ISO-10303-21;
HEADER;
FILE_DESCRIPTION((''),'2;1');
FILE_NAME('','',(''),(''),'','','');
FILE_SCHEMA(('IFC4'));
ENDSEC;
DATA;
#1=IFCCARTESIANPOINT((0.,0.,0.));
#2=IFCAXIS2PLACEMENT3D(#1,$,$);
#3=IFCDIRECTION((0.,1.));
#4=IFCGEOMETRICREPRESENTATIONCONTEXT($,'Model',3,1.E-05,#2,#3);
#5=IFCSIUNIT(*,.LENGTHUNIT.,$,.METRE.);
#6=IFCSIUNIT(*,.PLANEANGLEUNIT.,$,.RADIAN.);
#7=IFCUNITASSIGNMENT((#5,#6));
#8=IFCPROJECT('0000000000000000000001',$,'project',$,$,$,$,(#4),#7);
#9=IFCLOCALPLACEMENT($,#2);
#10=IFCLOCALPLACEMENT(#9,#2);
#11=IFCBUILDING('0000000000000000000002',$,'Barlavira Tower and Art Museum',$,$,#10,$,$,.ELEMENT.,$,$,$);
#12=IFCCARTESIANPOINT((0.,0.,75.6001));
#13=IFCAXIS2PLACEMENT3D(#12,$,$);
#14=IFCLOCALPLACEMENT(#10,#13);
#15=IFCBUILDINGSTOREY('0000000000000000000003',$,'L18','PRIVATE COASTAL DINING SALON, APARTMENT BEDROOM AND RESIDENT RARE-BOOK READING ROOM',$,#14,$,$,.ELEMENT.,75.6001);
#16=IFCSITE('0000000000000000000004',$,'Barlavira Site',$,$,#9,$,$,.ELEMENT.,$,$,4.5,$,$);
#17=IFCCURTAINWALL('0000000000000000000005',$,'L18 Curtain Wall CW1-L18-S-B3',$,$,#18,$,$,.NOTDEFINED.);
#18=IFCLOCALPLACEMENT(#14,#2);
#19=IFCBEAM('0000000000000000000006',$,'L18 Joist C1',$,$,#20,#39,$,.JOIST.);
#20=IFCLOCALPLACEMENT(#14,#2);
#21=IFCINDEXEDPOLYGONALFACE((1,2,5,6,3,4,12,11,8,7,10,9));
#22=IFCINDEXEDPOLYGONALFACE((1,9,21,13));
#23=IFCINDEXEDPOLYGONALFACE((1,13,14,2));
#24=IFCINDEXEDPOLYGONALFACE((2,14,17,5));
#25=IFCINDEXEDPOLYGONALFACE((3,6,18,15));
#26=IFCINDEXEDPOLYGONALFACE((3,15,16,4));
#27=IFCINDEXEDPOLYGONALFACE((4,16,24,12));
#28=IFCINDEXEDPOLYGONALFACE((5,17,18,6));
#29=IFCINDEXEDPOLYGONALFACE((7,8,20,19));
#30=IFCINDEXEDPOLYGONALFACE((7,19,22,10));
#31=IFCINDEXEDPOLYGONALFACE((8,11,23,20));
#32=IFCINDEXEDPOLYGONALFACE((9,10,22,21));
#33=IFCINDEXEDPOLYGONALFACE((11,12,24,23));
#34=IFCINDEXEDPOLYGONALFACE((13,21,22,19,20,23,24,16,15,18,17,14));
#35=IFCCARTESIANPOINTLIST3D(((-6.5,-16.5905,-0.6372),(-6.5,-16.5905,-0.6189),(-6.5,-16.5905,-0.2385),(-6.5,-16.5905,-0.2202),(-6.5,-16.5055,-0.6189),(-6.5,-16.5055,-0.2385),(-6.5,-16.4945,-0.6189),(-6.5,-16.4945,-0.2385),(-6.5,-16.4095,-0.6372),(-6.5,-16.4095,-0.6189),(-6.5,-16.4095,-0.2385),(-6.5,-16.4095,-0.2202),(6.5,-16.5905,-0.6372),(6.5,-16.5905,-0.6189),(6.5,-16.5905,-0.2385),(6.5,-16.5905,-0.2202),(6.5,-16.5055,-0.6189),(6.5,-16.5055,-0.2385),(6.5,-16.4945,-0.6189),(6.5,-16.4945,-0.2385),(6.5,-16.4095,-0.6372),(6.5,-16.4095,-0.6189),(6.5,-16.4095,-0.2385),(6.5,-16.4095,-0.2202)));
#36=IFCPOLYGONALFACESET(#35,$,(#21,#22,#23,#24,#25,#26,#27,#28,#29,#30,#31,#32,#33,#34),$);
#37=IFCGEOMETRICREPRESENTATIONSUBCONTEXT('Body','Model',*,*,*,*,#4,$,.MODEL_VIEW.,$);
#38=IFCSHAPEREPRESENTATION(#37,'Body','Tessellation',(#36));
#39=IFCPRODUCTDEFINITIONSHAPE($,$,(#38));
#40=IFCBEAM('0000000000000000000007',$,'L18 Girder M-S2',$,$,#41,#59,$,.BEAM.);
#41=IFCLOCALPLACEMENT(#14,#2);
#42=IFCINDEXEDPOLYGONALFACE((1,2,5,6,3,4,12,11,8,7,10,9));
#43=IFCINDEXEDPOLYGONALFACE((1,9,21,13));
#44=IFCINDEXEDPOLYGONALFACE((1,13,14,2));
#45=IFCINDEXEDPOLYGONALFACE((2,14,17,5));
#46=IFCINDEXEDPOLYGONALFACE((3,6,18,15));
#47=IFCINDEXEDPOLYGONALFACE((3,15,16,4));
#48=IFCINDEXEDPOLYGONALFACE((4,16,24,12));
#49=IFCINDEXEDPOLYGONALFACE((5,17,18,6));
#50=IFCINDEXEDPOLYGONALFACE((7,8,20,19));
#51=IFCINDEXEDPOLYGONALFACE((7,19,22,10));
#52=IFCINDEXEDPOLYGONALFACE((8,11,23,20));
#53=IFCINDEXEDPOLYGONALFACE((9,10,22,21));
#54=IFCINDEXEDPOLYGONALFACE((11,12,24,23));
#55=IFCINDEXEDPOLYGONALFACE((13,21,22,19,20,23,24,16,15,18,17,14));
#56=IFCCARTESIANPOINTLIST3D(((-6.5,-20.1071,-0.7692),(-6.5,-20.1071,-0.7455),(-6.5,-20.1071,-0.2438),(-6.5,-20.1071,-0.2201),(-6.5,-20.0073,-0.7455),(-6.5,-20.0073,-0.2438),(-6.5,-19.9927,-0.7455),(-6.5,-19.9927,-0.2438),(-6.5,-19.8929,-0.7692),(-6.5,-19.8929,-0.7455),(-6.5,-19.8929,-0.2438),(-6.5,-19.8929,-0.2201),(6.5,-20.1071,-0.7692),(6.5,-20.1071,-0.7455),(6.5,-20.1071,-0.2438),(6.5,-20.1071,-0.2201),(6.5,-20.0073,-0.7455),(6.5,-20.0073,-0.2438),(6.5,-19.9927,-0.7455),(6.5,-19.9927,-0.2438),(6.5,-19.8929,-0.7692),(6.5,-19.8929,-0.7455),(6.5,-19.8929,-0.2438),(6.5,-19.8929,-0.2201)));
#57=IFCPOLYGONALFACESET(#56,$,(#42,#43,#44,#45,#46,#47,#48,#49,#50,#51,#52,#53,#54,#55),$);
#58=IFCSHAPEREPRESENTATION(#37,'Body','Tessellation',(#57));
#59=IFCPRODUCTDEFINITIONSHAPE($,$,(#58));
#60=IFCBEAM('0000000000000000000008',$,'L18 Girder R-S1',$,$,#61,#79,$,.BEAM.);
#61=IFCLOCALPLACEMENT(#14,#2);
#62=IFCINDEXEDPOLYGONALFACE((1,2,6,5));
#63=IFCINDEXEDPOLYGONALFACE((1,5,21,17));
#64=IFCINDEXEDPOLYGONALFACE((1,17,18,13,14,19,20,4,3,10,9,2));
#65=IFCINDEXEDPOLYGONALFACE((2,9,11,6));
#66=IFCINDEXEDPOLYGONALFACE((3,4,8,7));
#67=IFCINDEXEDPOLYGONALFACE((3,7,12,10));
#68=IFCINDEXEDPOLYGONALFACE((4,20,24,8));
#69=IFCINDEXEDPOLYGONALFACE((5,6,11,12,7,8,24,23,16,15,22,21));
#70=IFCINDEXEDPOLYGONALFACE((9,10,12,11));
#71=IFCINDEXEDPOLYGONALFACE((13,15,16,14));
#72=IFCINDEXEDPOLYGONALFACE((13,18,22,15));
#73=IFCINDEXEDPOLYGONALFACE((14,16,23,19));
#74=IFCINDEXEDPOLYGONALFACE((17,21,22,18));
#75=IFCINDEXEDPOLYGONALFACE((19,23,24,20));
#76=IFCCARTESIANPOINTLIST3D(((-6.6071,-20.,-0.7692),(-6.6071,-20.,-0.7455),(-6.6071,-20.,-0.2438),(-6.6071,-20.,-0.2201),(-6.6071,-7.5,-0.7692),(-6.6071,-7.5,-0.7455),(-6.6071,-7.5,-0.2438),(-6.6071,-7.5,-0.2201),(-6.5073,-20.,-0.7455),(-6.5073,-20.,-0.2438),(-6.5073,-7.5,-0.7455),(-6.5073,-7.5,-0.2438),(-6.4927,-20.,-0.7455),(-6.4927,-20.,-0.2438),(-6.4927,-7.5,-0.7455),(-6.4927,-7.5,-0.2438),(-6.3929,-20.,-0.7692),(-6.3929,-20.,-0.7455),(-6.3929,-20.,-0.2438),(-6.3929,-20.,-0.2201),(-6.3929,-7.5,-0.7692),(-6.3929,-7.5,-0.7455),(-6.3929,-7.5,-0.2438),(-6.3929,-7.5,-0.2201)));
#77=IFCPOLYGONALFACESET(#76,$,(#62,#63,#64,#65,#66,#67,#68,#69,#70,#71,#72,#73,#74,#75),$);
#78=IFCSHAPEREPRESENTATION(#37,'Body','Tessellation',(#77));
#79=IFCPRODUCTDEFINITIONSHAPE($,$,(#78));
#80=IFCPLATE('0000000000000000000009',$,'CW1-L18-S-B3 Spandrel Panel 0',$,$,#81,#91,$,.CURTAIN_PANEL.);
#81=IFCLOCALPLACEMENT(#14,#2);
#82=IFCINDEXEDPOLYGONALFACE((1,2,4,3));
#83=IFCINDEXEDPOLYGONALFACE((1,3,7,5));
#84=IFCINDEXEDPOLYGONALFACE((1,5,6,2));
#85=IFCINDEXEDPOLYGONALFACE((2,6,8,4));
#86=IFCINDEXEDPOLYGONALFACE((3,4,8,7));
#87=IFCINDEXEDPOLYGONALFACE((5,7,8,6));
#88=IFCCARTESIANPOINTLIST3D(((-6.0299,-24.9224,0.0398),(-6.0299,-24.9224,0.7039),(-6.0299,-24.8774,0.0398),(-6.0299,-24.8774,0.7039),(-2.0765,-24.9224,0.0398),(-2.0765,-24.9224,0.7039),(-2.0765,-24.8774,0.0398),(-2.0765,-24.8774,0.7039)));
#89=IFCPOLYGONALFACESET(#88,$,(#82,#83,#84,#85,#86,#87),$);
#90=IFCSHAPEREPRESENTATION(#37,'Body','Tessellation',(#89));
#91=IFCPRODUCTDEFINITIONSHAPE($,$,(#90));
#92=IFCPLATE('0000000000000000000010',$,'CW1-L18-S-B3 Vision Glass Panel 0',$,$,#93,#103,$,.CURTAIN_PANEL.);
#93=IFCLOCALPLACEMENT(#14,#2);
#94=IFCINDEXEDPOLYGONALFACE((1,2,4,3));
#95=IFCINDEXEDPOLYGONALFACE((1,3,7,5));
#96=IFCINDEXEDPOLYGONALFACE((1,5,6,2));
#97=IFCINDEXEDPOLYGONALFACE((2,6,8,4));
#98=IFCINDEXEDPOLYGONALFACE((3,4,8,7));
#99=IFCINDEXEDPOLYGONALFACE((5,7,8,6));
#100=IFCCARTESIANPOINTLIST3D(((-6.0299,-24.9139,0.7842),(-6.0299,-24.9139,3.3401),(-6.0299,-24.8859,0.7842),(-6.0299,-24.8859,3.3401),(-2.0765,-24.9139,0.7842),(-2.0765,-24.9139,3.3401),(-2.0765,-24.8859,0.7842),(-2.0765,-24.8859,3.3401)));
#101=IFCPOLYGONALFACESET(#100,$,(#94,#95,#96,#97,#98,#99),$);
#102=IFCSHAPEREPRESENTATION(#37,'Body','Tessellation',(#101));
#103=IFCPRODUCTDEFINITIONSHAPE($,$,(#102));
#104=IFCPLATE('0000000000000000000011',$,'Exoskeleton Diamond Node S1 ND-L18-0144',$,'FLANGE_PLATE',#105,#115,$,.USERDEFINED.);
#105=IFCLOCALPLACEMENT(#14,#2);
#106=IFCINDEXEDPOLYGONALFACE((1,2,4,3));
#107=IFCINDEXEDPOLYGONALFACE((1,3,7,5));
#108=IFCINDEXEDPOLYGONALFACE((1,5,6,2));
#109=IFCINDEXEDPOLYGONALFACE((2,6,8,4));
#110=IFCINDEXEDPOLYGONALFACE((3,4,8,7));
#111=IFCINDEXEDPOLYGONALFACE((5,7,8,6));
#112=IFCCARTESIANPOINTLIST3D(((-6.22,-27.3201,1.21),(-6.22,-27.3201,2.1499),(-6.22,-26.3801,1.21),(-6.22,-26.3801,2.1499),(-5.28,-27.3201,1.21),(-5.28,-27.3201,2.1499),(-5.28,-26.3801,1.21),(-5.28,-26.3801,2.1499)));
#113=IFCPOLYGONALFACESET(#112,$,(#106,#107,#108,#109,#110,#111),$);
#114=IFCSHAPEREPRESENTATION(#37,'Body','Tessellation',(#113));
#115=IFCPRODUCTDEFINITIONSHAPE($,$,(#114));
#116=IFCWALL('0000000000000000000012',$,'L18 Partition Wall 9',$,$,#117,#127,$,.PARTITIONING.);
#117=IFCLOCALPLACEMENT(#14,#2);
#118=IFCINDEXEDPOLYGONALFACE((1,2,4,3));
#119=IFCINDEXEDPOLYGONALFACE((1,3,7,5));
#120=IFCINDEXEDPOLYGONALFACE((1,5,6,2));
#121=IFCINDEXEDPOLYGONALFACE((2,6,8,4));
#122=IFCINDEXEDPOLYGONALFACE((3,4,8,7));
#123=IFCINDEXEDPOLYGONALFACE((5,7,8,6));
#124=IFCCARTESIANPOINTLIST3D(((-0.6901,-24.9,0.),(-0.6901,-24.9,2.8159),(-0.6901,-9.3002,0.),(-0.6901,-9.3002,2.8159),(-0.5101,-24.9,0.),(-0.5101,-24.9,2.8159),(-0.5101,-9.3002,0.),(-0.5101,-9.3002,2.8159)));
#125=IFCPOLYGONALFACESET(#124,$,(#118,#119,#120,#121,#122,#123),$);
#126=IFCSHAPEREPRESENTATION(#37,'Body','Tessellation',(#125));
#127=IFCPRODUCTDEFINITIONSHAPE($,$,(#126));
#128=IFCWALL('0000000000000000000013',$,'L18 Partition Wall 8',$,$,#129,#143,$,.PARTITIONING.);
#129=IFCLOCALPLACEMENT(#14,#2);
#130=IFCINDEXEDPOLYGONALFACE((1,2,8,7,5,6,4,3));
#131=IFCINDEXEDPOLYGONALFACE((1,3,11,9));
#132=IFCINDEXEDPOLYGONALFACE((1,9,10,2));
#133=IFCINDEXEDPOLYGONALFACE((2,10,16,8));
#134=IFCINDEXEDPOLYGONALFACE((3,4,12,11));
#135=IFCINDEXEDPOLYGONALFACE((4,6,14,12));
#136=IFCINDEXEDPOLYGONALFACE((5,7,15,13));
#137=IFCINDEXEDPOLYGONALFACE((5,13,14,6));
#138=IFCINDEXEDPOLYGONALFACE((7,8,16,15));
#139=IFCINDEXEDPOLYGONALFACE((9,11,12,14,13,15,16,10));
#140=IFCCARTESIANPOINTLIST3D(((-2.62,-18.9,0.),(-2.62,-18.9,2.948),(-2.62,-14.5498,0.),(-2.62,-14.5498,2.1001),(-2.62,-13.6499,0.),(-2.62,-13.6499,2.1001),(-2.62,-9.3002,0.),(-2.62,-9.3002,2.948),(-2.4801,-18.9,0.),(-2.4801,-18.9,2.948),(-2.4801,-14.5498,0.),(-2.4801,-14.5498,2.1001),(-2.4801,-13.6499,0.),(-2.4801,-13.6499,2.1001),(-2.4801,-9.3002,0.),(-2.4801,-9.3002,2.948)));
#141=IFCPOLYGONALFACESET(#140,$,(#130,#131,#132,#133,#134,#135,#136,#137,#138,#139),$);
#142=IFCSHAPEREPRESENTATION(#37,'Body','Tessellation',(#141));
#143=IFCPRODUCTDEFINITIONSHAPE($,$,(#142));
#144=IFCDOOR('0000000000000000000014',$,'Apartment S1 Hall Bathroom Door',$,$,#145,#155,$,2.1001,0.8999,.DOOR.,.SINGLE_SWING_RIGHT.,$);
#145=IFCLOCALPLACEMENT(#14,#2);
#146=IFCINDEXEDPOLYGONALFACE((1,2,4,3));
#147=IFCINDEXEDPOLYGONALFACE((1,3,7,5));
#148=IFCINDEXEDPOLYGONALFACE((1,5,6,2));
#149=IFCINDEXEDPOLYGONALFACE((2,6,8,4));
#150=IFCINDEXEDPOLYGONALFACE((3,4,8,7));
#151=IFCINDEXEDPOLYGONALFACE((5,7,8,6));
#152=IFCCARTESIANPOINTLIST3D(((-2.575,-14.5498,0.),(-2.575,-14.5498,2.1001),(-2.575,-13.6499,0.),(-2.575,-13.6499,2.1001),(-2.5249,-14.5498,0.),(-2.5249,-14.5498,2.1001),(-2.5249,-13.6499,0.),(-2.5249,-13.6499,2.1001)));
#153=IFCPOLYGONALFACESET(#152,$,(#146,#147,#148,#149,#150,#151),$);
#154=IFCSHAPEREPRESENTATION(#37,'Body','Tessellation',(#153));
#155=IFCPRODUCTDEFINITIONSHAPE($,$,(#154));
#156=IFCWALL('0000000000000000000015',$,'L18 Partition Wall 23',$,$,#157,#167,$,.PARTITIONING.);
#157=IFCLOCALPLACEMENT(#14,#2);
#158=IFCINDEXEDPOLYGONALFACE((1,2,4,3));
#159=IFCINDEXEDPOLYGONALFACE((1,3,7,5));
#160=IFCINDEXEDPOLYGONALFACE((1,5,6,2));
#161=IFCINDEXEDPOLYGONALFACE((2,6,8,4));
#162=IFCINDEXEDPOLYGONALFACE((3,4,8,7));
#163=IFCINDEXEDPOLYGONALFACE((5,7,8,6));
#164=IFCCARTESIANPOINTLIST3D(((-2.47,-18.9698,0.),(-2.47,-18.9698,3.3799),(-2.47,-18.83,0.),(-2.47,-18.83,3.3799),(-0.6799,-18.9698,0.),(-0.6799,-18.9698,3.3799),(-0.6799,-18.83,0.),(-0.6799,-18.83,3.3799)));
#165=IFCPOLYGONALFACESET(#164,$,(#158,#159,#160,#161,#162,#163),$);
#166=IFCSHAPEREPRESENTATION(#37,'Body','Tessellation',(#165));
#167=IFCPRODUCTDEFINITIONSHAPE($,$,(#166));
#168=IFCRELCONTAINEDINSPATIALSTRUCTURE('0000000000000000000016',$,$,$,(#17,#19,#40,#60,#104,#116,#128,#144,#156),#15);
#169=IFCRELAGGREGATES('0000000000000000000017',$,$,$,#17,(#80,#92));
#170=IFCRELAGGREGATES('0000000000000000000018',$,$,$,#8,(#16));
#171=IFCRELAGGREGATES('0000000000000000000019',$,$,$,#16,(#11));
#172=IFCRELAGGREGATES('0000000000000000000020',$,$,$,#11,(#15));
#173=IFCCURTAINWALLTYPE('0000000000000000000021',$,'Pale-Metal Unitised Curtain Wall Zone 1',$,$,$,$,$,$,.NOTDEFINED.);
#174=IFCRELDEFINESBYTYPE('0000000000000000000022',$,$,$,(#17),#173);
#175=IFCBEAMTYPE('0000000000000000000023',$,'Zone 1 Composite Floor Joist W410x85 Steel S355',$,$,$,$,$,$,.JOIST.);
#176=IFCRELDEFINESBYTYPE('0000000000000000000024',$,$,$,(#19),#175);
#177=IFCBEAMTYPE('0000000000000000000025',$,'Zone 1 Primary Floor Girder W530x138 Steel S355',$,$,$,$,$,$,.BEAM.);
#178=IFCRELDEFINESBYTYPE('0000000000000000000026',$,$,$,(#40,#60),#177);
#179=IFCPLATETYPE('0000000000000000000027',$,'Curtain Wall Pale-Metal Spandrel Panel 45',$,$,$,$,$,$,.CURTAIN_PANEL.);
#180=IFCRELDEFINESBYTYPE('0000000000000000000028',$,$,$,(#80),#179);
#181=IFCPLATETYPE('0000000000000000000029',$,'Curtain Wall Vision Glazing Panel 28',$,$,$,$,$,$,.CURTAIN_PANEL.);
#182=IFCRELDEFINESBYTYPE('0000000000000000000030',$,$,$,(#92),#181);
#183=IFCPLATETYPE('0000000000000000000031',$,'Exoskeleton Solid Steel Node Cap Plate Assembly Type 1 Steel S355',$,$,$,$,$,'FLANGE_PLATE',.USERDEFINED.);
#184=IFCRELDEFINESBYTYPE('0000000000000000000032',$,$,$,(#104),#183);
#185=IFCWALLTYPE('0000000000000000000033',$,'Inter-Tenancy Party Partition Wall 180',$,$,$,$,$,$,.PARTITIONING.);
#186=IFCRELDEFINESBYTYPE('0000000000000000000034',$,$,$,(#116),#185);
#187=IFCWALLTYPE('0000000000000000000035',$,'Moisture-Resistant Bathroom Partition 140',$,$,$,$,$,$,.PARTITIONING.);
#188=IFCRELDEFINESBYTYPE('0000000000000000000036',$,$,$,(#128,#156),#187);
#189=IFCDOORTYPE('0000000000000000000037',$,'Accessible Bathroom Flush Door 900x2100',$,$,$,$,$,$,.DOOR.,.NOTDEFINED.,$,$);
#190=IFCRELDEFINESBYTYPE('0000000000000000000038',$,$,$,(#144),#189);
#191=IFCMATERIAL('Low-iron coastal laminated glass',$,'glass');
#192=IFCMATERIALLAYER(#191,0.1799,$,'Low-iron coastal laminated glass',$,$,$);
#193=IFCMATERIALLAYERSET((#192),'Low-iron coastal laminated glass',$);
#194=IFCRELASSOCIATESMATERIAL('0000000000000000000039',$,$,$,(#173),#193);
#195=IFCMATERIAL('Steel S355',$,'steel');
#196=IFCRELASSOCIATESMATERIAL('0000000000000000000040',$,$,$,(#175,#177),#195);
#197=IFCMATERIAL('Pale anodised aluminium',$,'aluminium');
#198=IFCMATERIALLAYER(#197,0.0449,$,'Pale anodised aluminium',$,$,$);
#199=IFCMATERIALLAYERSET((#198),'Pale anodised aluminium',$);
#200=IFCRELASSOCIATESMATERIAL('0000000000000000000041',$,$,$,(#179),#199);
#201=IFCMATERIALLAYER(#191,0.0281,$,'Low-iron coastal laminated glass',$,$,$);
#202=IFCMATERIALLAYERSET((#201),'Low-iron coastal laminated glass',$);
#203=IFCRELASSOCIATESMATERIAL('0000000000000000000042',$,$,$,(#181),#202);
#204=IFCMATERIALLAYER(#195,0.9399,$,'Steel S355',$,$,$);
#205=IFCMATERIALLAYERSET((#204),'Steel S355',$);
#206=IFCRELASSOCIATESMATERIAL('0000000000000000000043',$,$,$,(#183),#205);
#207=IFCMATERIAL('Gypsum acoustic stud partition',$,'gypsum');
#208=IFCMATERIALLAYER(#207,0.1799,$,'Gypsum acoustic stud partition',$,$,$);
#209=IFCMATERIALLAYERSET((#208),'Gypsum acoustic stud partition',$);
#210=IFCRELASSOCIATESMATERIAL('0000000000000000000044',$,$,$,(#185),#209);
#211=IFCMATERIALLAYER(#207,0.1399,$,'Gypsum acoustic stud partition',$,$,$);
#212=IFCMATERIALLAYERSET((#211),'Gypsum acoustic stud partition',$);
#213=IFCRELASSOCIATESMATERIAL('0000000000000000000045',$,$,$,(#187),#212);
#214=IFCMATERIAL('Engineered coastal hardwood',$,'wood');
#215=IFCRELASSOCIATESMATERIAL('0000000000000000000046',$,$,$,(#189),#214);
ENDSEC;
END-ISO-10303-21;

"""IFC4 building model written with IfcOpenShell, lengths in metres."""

from ifc_helpers import new_model, si_unit, direction, frame, frame_2d, origin, origin_2d, place, context, subcontext, project, spatial, rectangle, i_section, extrude, material, layer, layer_set, material_profile, profile_set, type_object, element, fill, aggregate, save


model = new_model("IFC4")

# Units and contexts
model_context = context("Model", 3, precision=1e-05, world=origin(), true_north=direction((0.0, 1.0)))
body_context = subcontext(model_context, "Body", "Model", "MODEL_VIEW")
ifc_project = project(units=[si_unit("LENGTHUNIT", "METRE"), si_unit("PLANEANGLEUNIT", "RADIAN")], contexts=[model_context])

# Site, building, storey
site_placement = place(None, origin())
site = spatial("IfcSite", under=ifc_project, at=site_placement, Name="Barlavira Site", CompositionType="ELEMENT", RefElevation=4.5)
building_placement = place(site_placement, origin())
building = spatial("IfcBuilding", under=site, at=building_placement, Name="Barlavira Tower and Art Museum", CompositionType="ELEMENT")
storey_placement = place(building_placement, frame((0.0, 0.0, 75.6001)))
storey = spatial("IfcBuildingStorey", under=building, at=storey_placement, Name="L18", Description="PRIVATE COASTAL DINING SALON, APARTMENT BEDROOM AND RESIDENT RARE-BOOK READING ROOM", CompositionType="ELEMENT", Elevation=75.6001)

# Curtain wall
ifc_material_1 = material(Name="Low-iron coastal laminated glass", Category="glass")
ifc_layer_1 = layer(ifc_material_1, 0.1799, Name="Low-iron coastal laminated glass")
ifc_layer_set_1 = layer_set([ifc_layer_1], Name="Low-iron coastal laminated glass")
curtain_wall_type = type_object("IfcCurtainWallType", Name="Pale-Metal Unitised Curtain Wall Zone 1", PredefinedType="NOTDEFINED", material=ifc_layer_set_1)
curtain_wall_placement = place(storey_placement, origin())
curtain_wall = element("IfcCurtainWall", 1, at=curtain_wall_placement, inside=storey, type_object=curtain_wall_type, Name="L18 Curtain Wall CW1-L18-S-B3", PredefinedType="NOTDEFINED")
ifc_material_2 = material(Name="Pale anodised aluminium", Category="aluminium")

# Beams
ifc_material_3 = material(Name="Steel S355", Category="steel")
ifc_material_profile_1 = material_profile(ifc_material_3, i_section(OverallWidth=0.1809, OverallDepth=0.417, WebThickness=0.011, FlangeThickness=0.0183, at=origin_2d()), Name="W410x85.0")
ifc_profile_set_1 = profile_set([ifc_material_profile_1], Name="Steel S355")
beam_type_1 = type_object("IfcBeamType", Name="Zone 1 Composite Floor Joist W410x85 Steel S355", PredefinedType="JOIST", material=ifc_profile_set_1)
beam_1_placement = place(storey_placement, frame((-6.5, -16.5, -0.4287), z_axis=(1.0, 0.0, 0.0), x_axis=(0.0, 1.0, 0.0)))
element("IfcBeam", 2, at=beam_1_placement, inside=storey, type_object=beam_type_1, Name="L18 Joist C1", PredefinedType="JOIST", context=body_context, shape_type="SweptSolid", body=[
    extrude(i_section(OverallWidth=0.1809, OverallDepth=0.417, WebThickness=0.011, FlangeThickness=0.0183, at=origin_2d()), origin(), (0.0, 0.0, 1.0), 13.0),
])
ifc_material_profile_2 = material_profile(ifc_material_3, i_section(OverallWidth=0.2141, OverallDepth=0.5491, WebThickness=0.0146, FlangeThickness=0.0237, at=origin_2d()), Name="W530x138.0")
ifc_profile_set_2 = profile_set([ifc_material_profile_2], Name="Steel S355")
beam_type_2 = type_object("IfcBeamType", Name="Zone 1 Primary Floor Girder W530x138 Steel S355", PredefinedType="BEAM", material=ifc_profile_set_2)
beam_2_placement = place(storey_placement, frame((-6.5, -20.0, -0.4946), z_axis=(1.0, 0.0, 0.0), x_axis=(0.0, 1.0, 0.0)))
element("IfcBeam", 3, at=beam_2_placement, inside=storey, type_object=beam_type_2, Name="L18 Girder M-S2", PredefinedType="BEAM", context=body_context, shape_type="SweptSolid", body=[
    extrude(i_section(OverallWidth=0.2141, OverallDepth=0.5491, WebThickness=0.0146, FlangeThickness=0.0237, at=origin_2d()), origin(), (0.0, 0.0, 1.0), 13.0),
])
beam_3_placement = place(storey_placement, frame((-6.5, -20.0, -0.4946), z_axis=(0.0, 1.0, 0.0), x_axis=(-1.0, 0.0, 0.0)))
element("IfcBeam", 4, at=beam_3_placement, inside=storey, type_object=beam_type_2, Name="L18 Girder R-S1", PredefinedType="BEAM", context=body_context, shape_type="SweptSolid", body=[
    extrude(i_section(OverallWidth=0.2141, OverallDepth=0.5491, WebThickness=0.0146, FlangeThickness=0.0237, at=origin_2d()), origin(), (0.0, 0.0, 1.0), 12.5),
])

# Plates
ifc_layer_2 = layer(ifc_material_2, 0.0449, Name="Pale anodised aluminium")
ifc_layer_set_2 = layer_set([ifc_layer_2], Name="Pale anodised aluminium")
plate_type_1 = type_object("IfcPlateType", Name="Curtain Wall Pale-Metal Spandrel Panel 45", PredefinedType="CURTAIN_PANEL", material=ifc_layer_set_2)
plate_1_placement = place(storey_placement, frame((-4.0532, -24.8999, 0.0398), z_axis=(0.0, 0.0, 1.0), x_axis=(1.0, 0.0, 0.0)))
plate_1 = element("IfcPlate", 5, at=plate_1_placement, type_object=plate_type_1, Name="CW1-L18-S-B3 Spandrel Panel 0", PredefinedType="CURTAIN_PANEL", context=body_context, shape_type="SweptSolid", body=[
    extrude(rectangle(XDim=3.9534, YDim=0.0449, at=origin_2d()), origin(), (0.0, 0.0, 1.0), 0.6641),
])
ifc_layer_3 = layer(ifc_material_1, 0.0281, Name="Low-iron coastal laminated glass")
ifc_layer_set_3 = layer_set([ifc_layer_3], Name="Low-iron coastal laminated glass")
plate_type_2 = type_object("IfcPlateType", Name="Curtain Wall Vision Glazing Panel 28", PredefinedType="CURTAIN_PANEL", material=ifc_layer_set_3)
plate_2_placement = place(storey_placement, frame((-4.0532, -24.8999, 0.7842), z_axis=(0.0, 0.0, 1.0), x_axis=(1.0, 0.0, 0.0)))
plate_2 = element("IfcPlate", 6, at=plate_2_placement, type_object=plate_type_2, Name="CW1-L18-S-B3 Vision Glass Panel 0", PredefinedType="CURTAIN_PANEL", context=body_context, shape_type="SweptSolid", body=[
    extrude(rectangle(XDim=3.9534, YDim=0.0281, at=origin_2d()), origin(), (0.0, 0.0, 1.0), 2.5559),
])
aggregate(curtain_wall, [plate_1, plate_2])
ifc_layer_4 = layer(ifc_material_3, 0.9399, Name="Steel S355")
ifc_layer_set_4 = layer_set([ifc_layer_4], Name="Steel S355")
plate_type_3 = type_object("IfcPlateType", Name="Exoskeleton Solid Steel Node Cap Plate Assembly Type 1 Steel S355", ElementType="FLANGE_PLATE", PredefinedType="USERDEFINED", material=ifc_layer_set_4)
plate_3_placement = place(storey_placement, frame((-5.75, -26.8501, 1.21), z_axis=(0.0, 0.0, 1.0), x_axis=(1.0, 0.0, 0.0)))
element("IfcPlate", 7, at=plate_3_placement, inside=storey, type_object=plate_type_3, Name="Exoskeleton Diamond Node S1 ND-L18-0144", ObjectType="FLANGE_PLATE", PredefinedType="USERDEFINED", context=body_context, shape_type="SweptSolid", body=[
    extrude(rectangle(XDim=0.9399, YDim=0.9399, at=origin_2d()), origin(), (0.0, 0.0, 1.0), 0.9399),
])

# Wall
ifc_material_4 = material(Name="Gypsum acoustic stud partition", Category="gypsum")
ifc_layer_5 = layer(ifc_material_4, 0.1799, Name="Gypsum acoustic stud partition")
ifc_layer_set_5 = layer_set([ifc_layer_5], Name="Gypsum acoustic stud partition")
wall_type_1 = type_object("IfcWallType", Name="Inter-Tenancy Party Partition Wall 180", PredefinedType="PARTITIONING", material=ifc_layer_set_5)
wall_1_placement = place(storey_placement, frame((-0.6001, -24.8999, 0.0), z_axis=(0.0, 0.0, 1.0), x_axis=(0.0, 1.0, 0.0)))
element("IfcWall", 8, at=wall_1_placement, inside=storey, type_object=wall_type_1, Name="L18 Partition Wall 9", PredefinedType="PARTITIONING", context=body_context, shape_type="SweptSolid", body=[
    extrude(rectangle(XDim=15.5999, YDim=0.1799, at=frame_2d((7.7998, 0.0))), origin(), (0.0, 0.0, 1.0), 2.8159),
])

# Wall, opening, door
ifc_layer_6 = layer(ifc_material_4, 0.1399, Name="Gypsum acoustic stud partition")
ifc_layer_set_6 = layer_set([ifc_layer_6], Name="Gypsum acoustic stud partition")
wall_type_2 = type_object("IfcWallType", Name="Moisture-Resistant Bathroom Partition 140", PredefinedType="PARTITIONING", material=ifc_layer_set_6)
wall_2_placement = place(storey_placement, frame((-2.55, -18.8999, 0.0), z_axis=(0.0, 0.0, 1.0), x_axis=(0.0, 1.0, 0.0)))
wall_2 = element("IfcWall", 9, at=wall_2_placement, inside=storey, type_object=wall_type_2, Name="L18 Partition Wall 8", PredefinedType="PARTITIONING", context=body_context, shape_type="SweptSolid", body=[
    extrude(rectangle(XDim=9.5999, YDim=0.1399, at=frame_2d((4.7998, 0.0))), origin(), (0.0, 0.0, 1.0), 2.948),
])
opening_placement = place(wall_2_placement, frame((4.3501, 0.0, 0.0)))
opening = element("IfcOpeningElement", 10, at=opening_placement, cuts=wall_2, PredefinedType="OPENING", context=body_context, shape_type="SweptSolid", body=[
    extrude(rectangle(XDim=0.8999, YDim=2.1001, at=frame_2d((0.45, 1.05))), frame((0.0, 0.0801, 0.0), z_axis=(0.0, -1.0, 0.0), x_axis=(1.0, 0.0, 0.0)), (0.0, 0.0, 1.0), 0.1599),
])
ifc_material_5 = material(Name="Engineered coastal hardwood", Category="wood")
door_type = type_object("IfcDoorType", Name="Accessible Bathroom Flush Door 900x2100", OperationType="NOTDEFINED", PredefinedType="DOOR", material=ifc_material_5)
door_placement = place(opening_placement, origin())
door = element("IfcDoor", 11, at=door_placement, inside=storey, type_object=door_type, Name="Apartment S1 Hall Bathroom Door", OperationType="SINGLE_SWING_RIGHT", OverallHeight=2.1001, OverallWidth=0.8999, PredefinedType="DOOR", context=body_context, shape_type="SweptSolid", body=[
    extrude(rectangle(XDim=0.8999, YDim=2.1001, at=frame_2d((0.45, 1.05))), frame((0.0, 0.0249, 0.0), z_axis=(0.0, -1.0, 0.0), x_axis=(1.0, 0.0, 0.0)), (0.0, 0.0, 1.0), 0.05),
])
fill(opening, door)

# Wall
wall_3_placement = place(storey_placement, frame((-2.47, -18.8999, 0.0), z_axis=(0.0, 0.0, 1.0), x_axis=(1.0, 0.0, 0.0)))
element("IfcWall", 12, at=wall_3_placement, inside=storey, type_object=wall_type_2, Name="L18 Partition Wall 23", PredefinedType="PARTITIONING", context=body_context, shape_type="SweptSolid", body=[
    extrude(rectangle(XDim=1.79, YDim=0.1399, at=frame_2d((0.895, 0.0))), origin(), (0.0, 0.0, 1.0), 3.3799),
])

save(model, "model.ifc")
